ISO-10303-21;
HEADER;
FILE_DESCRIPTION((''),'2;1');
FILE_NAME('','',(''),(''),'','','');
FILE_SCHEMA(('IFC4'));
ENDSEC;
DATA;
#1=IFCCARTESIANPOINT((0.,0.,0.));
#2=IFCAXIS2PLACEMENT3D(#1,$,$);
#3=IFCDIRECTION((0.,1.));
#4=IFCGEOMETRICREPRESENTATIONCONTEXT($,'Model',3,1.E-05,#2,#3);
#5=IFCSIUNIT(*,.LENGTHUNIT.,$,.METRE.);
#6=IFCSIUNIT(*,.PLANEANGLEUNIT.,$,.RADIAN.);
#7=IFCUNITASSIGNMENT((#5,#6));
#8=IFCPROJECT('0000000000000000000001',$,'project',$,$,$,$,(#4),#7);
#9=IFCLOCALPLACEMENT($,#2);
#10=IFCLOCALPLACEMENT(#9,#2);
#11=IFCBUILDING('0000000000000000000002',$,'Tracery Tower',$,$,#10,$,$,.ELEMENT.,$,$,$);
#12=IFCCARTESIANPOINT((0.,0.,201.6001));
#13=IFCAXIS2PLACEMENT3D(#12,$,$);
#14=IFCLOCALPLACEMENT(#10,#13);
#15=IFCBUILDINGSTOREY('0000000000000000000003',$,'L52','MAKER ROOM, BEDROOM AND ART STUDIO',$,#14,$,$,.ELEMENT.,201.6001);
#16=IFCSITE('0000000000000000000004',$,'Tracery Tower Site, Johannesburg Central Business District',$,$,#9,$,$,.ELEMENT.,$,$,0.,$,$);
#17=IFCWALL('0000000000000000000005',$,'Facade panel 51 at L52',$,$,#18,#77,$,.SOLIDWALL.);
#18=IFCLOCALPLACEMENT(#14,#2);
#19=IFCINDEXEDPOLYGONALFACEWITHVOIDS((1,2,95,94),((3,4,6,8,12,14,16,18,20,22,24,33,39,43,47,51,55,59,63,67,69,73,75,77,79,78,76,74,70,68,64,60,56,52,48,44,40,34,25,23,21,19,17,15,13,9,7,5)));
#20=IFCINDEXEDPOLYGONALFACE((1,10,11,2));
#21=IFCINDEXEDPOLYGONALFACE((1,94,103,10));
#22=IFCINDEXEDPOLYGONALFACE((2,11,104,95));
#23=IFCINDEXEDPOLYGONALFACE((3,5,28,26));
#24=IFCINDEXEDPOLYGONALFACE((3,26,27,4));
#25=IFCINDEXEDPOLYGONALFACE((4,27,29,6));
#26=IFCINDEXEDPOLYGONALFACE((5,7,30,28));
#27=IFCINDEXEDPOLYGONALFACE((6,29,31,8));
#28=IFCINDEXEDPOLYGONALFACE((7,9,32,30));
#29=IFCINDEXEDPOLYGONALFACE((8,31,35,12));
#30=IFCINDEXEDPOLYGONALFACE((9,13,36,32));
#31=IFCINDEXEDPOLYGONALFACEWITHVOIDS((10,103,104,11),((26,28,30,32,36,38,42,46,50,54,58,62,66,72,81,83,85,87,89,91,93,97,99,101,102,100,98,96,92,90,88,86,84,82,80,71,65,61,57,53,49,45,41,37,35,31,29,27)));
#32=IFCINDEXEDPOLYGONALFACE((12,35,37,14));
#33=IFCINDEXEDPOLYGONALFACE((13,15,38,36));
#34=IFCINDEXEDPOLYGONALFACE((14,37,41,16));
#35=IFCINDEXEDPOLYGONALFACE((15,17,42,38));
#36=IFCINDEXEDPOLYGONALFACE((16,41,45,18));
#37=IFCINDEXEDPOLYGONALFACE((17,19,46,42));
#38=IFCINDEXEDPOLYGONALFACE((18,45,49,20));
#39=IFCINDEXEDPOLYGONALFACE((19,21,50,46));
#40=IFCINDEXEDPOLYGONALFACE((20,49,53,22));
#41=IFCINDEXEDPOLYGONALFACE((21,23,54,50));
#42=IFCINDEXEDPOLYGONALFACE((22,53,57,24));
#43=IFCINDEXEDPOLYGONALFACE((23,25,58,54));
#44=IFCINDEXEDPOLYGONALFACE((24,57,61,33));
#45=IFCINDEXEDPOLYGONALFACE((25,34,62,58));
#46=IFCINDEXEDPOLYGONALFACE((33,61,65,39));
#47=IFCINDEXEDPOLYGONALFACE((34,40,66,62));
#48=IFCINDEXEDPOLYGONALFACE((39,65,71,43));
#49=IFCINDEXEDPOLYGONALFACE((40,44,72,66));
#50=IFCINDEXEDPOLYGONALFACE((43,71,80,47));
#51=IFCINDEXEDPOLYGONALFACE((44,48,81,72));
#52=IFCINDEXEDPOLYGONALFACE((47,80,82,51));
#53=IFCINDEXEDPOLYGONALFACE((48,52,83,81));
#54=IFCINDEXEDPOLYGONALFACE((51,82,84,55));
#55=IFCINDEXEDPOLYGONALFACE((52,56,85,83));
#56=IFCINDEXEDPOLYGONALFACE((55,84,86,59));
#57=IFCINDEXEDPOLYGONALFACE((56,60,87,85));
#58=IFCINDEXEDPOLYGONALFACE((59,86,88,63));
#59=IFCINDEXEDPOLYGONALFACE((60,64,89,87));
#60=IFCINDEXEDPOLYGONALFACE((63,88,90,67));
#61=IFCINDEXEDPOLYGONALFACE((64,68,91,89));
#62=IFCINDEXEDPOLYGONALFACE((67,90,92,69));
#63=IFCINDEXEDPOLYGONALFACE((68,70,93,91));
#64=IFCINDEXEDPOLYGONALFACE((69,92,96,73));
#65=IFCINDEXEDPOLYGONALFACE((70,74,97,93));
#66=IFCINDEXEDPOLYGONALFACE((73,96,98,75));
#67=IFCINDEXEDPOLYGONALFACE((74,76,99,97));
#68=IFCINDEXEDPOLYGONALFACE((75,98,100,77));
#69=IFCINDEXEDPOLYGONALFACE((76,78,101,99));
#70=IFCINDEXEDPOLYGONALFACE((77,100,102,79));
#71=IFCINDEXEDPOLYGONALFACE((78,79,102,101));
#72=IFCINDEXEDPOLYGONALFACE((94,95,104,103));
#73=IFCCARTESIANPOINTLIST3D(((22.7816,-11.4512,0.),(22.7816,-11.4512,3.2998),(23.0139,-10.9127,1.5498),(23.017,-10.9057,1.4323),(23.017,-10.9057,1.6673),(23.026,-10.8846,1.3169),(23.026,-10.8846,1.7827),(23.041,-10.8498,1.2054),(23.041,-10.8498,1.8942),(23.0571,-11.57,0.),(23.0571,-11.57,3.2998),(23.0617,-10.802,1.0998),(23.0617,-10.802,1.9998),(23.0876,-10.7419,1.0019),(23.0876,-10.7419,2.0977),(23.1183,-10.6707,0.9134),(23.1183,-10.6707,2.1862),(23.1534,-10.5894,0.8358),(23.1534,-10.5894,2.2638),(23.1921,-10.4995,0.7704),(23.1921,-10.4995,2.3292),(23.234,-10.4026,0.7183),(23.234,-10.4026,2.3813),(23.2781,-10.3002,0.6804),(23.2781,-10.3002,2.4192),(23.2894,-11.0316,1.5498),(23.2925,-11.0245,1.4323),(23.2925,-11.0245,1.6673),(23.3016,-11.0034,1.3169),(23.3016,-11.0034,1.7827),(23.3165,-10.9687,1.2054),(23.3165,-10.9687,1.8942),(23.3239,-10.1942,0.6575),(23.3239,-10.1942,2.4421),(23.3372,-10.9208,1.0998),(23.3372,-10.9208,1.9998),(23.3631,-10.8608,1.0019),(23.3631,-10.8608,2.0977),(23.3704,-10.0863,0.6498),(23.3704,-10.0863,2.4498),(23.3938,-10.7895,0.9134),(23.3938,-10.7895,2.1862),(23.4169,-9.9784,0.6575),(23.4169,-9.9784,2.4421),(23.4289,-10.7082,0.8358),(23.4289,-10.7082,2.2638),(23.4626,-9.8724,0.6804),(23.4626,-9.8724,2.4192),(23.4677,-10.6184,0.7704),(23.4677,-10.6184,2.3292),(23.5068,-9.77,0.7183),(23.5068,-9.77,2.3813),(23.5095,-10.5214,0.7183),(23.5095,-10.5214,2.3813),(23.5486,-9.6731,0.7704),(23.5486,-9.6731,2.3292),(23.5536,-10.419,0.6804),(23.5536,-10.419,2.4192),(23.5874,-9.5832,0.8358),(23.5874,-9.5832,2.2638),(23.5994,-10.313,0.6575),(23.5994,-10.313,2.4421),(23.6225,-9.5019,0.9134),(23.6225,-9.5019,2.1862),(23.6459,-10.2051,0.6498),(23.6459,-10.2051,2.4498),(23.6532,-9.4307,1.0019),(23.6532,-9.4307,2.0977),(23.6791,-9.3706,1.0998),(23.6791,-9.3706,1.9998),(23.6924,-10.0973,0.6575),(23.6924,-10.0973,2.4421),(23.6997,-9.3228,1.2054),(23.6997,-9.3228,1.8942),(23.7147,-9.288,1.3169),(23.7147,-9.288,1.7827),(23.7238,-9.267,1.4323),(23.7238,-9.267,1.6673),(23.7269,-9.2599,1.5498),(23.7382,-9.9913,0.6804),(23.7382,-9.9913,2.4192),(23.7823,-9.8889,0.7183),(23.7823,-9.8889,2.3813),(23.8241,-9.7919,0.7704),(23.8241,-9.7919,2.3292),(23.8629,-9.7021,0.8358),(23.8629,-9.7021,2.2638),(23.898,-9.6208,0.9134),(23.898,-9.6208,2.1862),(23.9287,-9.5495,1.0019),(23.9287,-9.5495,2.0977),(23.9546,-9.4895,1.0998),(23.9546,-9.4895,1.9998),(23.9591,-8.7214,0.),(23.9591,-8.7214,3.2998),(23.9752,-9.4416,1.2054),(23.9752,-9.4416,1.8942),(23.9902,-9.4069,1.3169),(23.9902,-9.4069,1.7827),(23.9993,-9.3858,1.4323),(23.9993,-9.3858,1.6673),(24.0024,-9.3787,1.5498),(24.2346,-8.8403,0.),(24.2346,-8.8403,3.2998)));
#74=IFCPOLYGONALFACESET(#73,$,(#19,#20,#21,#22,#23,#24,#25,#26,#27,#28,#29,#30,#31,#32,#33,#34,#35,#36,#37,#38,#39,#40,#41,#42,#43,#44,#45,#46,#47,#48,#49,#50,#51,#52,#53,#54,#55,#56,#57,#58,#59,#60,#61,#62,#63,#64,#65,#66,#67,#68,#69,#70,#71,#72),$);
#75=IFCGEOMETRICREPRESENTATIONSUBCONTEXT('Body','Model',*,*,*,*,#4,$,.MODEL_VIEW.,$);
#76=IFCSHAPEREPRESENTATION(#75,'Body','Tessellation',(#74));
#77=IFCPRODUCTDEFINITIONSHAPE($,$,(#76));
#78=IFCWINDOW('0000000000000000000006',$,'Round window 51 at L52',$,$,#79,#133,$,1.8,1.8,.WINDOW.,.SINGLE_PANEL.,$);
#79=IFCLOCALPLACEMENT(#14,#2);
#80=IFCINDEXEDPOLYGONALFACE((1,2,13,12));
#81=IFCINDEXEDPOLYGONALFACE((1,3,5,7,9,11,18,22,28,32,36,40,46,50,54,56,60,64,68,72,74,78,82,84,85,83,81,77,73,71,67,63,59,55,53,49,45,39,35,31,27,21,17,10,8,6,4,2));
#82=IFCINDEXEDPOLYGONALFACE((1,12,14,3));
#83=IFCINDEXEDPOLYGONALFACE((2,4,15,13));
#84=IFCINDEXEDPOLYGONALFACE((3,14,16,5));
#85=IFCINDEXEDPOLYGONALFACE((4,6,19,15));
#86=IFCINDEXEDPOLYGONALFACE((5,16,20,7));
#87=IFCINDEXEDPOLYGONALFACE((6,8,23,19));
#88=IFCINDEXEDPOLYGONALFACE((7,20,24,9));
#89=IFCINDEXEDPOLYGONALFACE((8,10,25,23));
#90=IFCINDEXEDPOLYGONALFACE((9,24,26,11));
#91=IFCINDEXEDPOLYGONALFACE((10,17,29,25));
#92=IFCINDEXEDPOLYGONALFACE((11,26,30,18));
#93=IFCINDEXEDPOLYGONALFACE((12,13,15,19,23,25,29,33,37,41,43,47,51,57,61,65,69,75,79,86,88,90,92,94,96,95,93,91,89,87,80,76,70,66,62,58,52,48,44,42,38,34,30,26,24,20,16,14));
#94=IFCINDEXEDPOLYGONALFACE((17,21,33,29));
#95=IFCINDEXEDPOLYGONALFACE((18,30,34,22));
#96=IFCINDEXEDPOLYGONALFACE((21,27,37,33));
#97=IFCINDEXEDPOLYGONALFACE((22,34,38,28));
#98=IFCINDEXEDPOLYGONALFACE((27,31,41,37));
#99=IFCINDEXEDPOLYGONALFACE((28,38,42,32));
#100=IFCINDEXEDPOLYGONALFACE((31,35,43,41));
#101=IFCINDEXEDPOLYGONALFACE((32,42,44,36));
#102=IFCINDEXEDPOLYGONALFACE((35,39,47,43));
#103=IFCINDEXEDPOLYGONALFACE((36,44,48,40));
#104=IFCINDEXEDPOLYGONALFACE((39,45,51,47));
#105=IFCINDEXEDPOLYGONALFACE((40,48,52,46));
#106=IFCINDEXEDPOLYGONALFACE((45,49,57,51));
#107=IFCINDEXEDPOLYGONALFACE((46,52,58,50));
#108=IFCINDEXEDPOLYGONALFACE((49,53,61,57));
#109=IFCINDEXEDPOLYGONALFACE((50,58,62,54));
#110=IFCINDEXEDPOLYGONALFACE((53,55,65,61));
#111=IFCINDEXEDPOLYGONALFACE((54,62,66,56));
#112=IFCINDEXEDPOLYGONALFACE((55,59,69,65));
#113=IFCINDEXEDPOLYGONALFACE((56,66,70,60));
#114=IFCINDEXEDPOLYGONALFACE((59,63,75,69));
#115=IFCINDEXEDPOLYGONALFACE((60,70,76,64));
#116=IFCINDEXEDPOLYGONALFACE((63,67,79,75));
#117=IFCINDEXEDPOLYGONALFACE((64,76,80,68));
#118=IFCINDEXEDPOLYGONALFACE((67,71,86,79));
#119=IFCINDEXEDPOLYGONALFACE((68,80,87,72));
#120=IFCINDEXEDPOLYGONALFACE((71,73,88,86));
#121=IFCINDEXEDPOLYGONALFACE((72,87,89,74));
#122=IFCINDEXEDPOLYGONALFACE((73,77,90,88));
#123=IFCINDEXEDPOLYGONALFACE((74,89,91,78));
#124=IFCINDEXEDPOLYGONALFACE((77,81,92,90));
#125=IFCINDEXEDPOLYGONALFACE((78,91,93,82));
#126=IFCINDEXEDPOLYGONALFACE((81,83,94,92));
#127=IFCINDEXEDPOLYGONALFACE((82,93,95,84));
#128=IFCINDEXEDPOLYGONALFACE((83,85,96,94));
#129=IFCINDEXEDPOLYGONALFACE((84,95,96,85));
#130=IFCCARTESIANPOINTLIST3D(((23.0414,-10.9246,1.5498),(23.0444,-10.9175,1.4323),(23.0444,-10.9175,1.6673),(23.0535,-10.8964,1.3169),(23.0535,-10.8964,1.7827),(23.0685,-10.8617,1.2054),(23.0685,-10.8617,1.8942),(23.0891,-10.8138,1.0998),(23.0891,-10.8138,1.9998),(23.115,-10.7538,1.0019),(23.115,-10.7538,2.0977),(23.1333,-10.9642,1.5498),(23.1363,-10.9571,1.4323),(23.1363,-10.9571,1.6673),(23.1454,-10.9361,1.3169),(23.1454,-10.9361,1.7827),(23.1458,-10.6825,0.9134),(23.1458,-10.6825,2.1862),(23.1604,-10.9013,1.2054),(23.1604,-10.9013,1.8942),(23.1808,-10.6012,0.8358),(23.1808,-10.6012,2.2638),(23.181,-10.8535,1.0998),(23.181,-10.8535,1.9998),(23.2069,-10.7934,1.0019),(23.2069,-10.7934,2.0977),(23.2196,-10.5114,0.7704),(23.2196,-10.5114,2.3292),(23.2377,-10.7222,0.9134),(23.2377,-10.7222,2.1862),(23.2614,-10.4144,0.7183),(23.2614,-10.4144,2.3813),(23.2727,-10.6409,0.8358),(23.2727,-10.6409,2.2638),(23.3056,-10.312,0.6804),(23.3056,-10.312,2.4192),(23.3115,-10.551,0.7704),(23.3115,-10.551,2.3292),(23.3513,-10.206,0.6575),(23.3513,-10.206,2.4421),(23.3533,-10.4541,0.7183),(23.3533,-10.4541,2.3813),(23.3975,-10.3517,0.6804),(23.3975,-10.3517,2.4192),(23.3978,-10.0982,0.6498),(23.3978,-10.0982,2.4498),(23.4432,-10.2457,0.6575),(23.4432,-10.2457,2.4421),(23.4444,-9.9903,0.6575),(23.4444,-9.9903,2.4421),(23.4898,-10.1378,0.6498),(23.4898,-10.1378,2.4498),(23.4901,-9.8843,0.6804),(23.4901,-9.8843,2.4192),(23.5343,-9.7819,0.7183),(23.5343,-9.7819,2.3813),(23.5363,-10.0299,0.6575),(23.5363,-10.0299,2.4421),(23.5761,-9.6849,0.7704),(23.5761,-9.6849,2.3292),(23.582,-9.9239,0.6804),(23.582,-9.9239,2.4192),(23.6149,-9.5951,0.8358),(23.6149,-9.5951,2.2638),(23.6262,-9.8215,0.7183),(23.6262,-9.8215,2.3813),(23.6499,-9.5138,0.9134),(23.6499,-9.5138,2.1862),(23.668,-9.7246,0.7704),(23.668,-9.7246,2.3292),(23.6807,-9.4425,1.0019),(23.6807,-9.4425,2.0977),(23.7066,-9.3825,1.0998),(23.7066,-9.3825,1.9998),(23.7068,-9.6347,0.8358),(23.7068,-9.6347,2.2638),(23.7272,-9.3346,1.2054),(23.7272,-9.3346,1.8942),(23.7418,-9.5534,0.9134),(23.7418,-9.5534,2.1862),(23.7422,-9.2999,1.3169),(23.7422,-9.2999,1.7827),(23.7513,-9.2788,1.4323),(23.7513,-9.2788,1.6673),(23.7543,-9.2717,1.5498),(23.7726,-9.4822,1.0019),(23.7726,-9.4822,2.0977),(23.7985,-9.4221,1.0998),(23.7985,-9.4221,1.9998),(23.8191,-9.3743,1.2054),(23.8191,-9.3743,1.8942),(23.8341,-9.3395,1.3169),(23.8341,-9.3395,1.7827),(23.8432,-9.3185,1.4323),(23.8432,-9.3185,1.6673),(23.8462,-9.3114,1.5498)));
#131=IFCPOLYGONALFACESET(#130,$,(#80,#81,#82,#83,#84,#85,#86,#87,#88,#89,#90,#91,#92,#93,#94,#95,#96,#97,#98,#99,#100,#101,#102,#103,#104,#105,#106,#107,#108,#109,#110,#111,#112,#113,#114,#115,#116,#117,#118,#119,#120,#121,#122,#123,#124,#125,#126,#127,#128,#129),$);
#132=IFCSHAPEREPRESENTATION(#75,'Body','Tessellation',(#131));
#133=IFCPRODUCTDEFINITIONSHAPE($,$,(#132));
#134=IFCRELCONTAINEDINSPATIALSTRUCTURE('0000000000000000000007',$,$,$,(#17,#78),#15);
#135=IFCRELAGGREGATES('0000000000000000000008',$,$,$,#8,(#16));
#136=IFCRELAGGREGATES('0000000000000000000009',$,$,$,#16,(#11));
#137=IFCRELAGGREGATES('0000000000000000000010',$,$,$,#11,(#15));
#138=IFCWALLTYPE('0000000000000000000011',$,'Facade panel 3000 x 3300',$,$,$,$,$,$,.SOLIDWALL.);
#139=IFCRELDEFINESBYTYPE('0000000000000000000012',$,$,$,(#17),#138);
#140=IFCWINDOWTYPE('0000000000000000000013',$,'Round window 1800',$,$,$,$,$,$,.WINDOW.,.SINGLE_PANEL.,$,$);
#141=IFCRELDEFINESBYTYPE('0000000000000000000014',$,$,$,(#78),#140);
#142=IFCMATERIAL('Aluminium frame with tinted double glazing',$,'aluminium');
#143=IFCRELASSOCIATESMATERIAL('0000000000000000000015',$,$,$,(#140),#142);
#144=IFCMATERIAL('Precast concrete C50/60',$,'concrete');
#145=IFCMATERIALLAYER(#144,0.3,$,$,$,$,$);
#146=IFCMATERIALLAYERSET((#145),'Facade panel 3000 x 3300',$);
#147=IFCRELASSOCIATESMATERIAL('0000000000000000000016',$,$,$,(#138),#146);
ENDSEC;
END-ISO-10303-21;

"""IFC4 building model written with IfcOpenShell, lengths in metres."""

from ifc_helpers import new_model, si_unit, direction, frame, frame_2d, origin, origin_2d, place, context, subcontext, project, spatial, rectangle, circle, extrude, material, layer, layer_set, type_object, element, fill, save


model = new_model("IFC4")

# Units and contexts
model_context = context("Model", 3, precision=1e-05, world=origin(), true_north=direction((0.0, 1.0)))
body_context = subcontext(model_context, "Body", "Model", "MODEL_VIEW")
ifc_project = project(units=[si_unit("LENGTHUNIT", "METRE"), si_unit("PLANEANGLEUNIT", "RADIAN")], contexts=[model_context])

# Site, building, storey
site_placement = place(None, origin())
site = spatial("IfcSite", under=ifc_project, at=site_placement, Name="Tracery Tower Site, Johannesburg Central Business District", CompositionType="ELEMENT", RefElevation=0.0)
building_placement = place(site_placement, origin())
building = spatial("IfcBuilding", under=site, at=building_placement, Name="Tracery Tower", CompositionType="ELEMENT")
storey_placement = place(building_placement, frame((0.0, 0.0, 201.6001)))
storey = spatial("IfcBuildingStorey", under=building, at=storey_placement, Name="L52", Description="MAKER ROOM, BEDROOM AND ART STUDIO", CompositionType="ELEMENT", Elevation=201.6001)

# Wall, opening, window
ifc_material_1 = material(Name="Aluminium frame with tinted double glazing", Category="aluminium")
window_type = type_object("IfcWindowType", Name="Round window 1800", PartitioningType="SINGLE_PANEL", PredefinedType="WINDOW", material=ifc_material_1)
ifc_material_2 = material(Name="Precast concrete C50/60", Category="concrete")
ifc_layer_1 = layer(ifc_material_2, 0.3)
ifc_layer_set_1 = layer_set([ifc_layer_1], Name="Facade panel 3000 x 3300")
wall_type_1 = type_object("IfcWallType", Name="Facade panel 3000 x 3300", PredefinedType="SOLIDWALL", material=ifc_layer_set_1)
wall_1_placement = place(storey_placement, frame((22.9194, -11.5105, 0.0), z_axis=(0.0, 0.0, 1.0), x_axis=(0.396079, 0.918216, 0.0)))
wall_1 = element("IfcWall", 1, at=wall_1_placement, inside=storey, type_object=wall_type_1, Name="Facade panel 51 at L52", PredefinedType="SOLIDWALL", context=body_context, shape_type="SweptSolid", body=[
    extrude(rectangle(XDim=2.9729, YDim=0.3, at=frame_2d((1.4863, 0.0))), origin(), (0.0, 0.0, 1.0), 3.2998),
])
opening_1_placement = place(wall_1_placement, frame((1.4863, 0.0, 1.5498)))
opening_1 = element("IfcOpeningElement", 2, at=opening_1_placement, cuts=wall_1, PredefinedType="OPENING", context=body_context, shape_type="SweptSolid", body=[
    extrude(circle(Radius=0.9, at=origin_2d()), frame((0.0, 0.1599, 0.0), z_axis=(0.0, -1.0, 0.0), x_axis=(1.0, 0.0, 0.0)), (0.0, 0.0, 1.0), 0.3201),
])
window_1_placement = place(opening_1_placement, origin())
window_1 = element("IfcWindow", 3, at=window_1_placement, inside=storey, type_object=window_type, Name="Round window 51 at L52", OverallHeight=1.8, OverallWidth=1.8, PartitioningType="SINGLE_PANEL", PredefinedType="WINDOW", context=body_context, shape_type="SweptSolid", body=[
    extrude(circle(Radius=0.9, at=origin_2d()), frame((0.0, 0.1201, 0.0), z_axis=(0.0, -1.0, 0.0), x_axis=(1.0, 0.0, 0.0)), (0.0, 0.0, 1.0), 0.1001),
])
fill(opening_1, window_1)

save(model, "model.ifc")
